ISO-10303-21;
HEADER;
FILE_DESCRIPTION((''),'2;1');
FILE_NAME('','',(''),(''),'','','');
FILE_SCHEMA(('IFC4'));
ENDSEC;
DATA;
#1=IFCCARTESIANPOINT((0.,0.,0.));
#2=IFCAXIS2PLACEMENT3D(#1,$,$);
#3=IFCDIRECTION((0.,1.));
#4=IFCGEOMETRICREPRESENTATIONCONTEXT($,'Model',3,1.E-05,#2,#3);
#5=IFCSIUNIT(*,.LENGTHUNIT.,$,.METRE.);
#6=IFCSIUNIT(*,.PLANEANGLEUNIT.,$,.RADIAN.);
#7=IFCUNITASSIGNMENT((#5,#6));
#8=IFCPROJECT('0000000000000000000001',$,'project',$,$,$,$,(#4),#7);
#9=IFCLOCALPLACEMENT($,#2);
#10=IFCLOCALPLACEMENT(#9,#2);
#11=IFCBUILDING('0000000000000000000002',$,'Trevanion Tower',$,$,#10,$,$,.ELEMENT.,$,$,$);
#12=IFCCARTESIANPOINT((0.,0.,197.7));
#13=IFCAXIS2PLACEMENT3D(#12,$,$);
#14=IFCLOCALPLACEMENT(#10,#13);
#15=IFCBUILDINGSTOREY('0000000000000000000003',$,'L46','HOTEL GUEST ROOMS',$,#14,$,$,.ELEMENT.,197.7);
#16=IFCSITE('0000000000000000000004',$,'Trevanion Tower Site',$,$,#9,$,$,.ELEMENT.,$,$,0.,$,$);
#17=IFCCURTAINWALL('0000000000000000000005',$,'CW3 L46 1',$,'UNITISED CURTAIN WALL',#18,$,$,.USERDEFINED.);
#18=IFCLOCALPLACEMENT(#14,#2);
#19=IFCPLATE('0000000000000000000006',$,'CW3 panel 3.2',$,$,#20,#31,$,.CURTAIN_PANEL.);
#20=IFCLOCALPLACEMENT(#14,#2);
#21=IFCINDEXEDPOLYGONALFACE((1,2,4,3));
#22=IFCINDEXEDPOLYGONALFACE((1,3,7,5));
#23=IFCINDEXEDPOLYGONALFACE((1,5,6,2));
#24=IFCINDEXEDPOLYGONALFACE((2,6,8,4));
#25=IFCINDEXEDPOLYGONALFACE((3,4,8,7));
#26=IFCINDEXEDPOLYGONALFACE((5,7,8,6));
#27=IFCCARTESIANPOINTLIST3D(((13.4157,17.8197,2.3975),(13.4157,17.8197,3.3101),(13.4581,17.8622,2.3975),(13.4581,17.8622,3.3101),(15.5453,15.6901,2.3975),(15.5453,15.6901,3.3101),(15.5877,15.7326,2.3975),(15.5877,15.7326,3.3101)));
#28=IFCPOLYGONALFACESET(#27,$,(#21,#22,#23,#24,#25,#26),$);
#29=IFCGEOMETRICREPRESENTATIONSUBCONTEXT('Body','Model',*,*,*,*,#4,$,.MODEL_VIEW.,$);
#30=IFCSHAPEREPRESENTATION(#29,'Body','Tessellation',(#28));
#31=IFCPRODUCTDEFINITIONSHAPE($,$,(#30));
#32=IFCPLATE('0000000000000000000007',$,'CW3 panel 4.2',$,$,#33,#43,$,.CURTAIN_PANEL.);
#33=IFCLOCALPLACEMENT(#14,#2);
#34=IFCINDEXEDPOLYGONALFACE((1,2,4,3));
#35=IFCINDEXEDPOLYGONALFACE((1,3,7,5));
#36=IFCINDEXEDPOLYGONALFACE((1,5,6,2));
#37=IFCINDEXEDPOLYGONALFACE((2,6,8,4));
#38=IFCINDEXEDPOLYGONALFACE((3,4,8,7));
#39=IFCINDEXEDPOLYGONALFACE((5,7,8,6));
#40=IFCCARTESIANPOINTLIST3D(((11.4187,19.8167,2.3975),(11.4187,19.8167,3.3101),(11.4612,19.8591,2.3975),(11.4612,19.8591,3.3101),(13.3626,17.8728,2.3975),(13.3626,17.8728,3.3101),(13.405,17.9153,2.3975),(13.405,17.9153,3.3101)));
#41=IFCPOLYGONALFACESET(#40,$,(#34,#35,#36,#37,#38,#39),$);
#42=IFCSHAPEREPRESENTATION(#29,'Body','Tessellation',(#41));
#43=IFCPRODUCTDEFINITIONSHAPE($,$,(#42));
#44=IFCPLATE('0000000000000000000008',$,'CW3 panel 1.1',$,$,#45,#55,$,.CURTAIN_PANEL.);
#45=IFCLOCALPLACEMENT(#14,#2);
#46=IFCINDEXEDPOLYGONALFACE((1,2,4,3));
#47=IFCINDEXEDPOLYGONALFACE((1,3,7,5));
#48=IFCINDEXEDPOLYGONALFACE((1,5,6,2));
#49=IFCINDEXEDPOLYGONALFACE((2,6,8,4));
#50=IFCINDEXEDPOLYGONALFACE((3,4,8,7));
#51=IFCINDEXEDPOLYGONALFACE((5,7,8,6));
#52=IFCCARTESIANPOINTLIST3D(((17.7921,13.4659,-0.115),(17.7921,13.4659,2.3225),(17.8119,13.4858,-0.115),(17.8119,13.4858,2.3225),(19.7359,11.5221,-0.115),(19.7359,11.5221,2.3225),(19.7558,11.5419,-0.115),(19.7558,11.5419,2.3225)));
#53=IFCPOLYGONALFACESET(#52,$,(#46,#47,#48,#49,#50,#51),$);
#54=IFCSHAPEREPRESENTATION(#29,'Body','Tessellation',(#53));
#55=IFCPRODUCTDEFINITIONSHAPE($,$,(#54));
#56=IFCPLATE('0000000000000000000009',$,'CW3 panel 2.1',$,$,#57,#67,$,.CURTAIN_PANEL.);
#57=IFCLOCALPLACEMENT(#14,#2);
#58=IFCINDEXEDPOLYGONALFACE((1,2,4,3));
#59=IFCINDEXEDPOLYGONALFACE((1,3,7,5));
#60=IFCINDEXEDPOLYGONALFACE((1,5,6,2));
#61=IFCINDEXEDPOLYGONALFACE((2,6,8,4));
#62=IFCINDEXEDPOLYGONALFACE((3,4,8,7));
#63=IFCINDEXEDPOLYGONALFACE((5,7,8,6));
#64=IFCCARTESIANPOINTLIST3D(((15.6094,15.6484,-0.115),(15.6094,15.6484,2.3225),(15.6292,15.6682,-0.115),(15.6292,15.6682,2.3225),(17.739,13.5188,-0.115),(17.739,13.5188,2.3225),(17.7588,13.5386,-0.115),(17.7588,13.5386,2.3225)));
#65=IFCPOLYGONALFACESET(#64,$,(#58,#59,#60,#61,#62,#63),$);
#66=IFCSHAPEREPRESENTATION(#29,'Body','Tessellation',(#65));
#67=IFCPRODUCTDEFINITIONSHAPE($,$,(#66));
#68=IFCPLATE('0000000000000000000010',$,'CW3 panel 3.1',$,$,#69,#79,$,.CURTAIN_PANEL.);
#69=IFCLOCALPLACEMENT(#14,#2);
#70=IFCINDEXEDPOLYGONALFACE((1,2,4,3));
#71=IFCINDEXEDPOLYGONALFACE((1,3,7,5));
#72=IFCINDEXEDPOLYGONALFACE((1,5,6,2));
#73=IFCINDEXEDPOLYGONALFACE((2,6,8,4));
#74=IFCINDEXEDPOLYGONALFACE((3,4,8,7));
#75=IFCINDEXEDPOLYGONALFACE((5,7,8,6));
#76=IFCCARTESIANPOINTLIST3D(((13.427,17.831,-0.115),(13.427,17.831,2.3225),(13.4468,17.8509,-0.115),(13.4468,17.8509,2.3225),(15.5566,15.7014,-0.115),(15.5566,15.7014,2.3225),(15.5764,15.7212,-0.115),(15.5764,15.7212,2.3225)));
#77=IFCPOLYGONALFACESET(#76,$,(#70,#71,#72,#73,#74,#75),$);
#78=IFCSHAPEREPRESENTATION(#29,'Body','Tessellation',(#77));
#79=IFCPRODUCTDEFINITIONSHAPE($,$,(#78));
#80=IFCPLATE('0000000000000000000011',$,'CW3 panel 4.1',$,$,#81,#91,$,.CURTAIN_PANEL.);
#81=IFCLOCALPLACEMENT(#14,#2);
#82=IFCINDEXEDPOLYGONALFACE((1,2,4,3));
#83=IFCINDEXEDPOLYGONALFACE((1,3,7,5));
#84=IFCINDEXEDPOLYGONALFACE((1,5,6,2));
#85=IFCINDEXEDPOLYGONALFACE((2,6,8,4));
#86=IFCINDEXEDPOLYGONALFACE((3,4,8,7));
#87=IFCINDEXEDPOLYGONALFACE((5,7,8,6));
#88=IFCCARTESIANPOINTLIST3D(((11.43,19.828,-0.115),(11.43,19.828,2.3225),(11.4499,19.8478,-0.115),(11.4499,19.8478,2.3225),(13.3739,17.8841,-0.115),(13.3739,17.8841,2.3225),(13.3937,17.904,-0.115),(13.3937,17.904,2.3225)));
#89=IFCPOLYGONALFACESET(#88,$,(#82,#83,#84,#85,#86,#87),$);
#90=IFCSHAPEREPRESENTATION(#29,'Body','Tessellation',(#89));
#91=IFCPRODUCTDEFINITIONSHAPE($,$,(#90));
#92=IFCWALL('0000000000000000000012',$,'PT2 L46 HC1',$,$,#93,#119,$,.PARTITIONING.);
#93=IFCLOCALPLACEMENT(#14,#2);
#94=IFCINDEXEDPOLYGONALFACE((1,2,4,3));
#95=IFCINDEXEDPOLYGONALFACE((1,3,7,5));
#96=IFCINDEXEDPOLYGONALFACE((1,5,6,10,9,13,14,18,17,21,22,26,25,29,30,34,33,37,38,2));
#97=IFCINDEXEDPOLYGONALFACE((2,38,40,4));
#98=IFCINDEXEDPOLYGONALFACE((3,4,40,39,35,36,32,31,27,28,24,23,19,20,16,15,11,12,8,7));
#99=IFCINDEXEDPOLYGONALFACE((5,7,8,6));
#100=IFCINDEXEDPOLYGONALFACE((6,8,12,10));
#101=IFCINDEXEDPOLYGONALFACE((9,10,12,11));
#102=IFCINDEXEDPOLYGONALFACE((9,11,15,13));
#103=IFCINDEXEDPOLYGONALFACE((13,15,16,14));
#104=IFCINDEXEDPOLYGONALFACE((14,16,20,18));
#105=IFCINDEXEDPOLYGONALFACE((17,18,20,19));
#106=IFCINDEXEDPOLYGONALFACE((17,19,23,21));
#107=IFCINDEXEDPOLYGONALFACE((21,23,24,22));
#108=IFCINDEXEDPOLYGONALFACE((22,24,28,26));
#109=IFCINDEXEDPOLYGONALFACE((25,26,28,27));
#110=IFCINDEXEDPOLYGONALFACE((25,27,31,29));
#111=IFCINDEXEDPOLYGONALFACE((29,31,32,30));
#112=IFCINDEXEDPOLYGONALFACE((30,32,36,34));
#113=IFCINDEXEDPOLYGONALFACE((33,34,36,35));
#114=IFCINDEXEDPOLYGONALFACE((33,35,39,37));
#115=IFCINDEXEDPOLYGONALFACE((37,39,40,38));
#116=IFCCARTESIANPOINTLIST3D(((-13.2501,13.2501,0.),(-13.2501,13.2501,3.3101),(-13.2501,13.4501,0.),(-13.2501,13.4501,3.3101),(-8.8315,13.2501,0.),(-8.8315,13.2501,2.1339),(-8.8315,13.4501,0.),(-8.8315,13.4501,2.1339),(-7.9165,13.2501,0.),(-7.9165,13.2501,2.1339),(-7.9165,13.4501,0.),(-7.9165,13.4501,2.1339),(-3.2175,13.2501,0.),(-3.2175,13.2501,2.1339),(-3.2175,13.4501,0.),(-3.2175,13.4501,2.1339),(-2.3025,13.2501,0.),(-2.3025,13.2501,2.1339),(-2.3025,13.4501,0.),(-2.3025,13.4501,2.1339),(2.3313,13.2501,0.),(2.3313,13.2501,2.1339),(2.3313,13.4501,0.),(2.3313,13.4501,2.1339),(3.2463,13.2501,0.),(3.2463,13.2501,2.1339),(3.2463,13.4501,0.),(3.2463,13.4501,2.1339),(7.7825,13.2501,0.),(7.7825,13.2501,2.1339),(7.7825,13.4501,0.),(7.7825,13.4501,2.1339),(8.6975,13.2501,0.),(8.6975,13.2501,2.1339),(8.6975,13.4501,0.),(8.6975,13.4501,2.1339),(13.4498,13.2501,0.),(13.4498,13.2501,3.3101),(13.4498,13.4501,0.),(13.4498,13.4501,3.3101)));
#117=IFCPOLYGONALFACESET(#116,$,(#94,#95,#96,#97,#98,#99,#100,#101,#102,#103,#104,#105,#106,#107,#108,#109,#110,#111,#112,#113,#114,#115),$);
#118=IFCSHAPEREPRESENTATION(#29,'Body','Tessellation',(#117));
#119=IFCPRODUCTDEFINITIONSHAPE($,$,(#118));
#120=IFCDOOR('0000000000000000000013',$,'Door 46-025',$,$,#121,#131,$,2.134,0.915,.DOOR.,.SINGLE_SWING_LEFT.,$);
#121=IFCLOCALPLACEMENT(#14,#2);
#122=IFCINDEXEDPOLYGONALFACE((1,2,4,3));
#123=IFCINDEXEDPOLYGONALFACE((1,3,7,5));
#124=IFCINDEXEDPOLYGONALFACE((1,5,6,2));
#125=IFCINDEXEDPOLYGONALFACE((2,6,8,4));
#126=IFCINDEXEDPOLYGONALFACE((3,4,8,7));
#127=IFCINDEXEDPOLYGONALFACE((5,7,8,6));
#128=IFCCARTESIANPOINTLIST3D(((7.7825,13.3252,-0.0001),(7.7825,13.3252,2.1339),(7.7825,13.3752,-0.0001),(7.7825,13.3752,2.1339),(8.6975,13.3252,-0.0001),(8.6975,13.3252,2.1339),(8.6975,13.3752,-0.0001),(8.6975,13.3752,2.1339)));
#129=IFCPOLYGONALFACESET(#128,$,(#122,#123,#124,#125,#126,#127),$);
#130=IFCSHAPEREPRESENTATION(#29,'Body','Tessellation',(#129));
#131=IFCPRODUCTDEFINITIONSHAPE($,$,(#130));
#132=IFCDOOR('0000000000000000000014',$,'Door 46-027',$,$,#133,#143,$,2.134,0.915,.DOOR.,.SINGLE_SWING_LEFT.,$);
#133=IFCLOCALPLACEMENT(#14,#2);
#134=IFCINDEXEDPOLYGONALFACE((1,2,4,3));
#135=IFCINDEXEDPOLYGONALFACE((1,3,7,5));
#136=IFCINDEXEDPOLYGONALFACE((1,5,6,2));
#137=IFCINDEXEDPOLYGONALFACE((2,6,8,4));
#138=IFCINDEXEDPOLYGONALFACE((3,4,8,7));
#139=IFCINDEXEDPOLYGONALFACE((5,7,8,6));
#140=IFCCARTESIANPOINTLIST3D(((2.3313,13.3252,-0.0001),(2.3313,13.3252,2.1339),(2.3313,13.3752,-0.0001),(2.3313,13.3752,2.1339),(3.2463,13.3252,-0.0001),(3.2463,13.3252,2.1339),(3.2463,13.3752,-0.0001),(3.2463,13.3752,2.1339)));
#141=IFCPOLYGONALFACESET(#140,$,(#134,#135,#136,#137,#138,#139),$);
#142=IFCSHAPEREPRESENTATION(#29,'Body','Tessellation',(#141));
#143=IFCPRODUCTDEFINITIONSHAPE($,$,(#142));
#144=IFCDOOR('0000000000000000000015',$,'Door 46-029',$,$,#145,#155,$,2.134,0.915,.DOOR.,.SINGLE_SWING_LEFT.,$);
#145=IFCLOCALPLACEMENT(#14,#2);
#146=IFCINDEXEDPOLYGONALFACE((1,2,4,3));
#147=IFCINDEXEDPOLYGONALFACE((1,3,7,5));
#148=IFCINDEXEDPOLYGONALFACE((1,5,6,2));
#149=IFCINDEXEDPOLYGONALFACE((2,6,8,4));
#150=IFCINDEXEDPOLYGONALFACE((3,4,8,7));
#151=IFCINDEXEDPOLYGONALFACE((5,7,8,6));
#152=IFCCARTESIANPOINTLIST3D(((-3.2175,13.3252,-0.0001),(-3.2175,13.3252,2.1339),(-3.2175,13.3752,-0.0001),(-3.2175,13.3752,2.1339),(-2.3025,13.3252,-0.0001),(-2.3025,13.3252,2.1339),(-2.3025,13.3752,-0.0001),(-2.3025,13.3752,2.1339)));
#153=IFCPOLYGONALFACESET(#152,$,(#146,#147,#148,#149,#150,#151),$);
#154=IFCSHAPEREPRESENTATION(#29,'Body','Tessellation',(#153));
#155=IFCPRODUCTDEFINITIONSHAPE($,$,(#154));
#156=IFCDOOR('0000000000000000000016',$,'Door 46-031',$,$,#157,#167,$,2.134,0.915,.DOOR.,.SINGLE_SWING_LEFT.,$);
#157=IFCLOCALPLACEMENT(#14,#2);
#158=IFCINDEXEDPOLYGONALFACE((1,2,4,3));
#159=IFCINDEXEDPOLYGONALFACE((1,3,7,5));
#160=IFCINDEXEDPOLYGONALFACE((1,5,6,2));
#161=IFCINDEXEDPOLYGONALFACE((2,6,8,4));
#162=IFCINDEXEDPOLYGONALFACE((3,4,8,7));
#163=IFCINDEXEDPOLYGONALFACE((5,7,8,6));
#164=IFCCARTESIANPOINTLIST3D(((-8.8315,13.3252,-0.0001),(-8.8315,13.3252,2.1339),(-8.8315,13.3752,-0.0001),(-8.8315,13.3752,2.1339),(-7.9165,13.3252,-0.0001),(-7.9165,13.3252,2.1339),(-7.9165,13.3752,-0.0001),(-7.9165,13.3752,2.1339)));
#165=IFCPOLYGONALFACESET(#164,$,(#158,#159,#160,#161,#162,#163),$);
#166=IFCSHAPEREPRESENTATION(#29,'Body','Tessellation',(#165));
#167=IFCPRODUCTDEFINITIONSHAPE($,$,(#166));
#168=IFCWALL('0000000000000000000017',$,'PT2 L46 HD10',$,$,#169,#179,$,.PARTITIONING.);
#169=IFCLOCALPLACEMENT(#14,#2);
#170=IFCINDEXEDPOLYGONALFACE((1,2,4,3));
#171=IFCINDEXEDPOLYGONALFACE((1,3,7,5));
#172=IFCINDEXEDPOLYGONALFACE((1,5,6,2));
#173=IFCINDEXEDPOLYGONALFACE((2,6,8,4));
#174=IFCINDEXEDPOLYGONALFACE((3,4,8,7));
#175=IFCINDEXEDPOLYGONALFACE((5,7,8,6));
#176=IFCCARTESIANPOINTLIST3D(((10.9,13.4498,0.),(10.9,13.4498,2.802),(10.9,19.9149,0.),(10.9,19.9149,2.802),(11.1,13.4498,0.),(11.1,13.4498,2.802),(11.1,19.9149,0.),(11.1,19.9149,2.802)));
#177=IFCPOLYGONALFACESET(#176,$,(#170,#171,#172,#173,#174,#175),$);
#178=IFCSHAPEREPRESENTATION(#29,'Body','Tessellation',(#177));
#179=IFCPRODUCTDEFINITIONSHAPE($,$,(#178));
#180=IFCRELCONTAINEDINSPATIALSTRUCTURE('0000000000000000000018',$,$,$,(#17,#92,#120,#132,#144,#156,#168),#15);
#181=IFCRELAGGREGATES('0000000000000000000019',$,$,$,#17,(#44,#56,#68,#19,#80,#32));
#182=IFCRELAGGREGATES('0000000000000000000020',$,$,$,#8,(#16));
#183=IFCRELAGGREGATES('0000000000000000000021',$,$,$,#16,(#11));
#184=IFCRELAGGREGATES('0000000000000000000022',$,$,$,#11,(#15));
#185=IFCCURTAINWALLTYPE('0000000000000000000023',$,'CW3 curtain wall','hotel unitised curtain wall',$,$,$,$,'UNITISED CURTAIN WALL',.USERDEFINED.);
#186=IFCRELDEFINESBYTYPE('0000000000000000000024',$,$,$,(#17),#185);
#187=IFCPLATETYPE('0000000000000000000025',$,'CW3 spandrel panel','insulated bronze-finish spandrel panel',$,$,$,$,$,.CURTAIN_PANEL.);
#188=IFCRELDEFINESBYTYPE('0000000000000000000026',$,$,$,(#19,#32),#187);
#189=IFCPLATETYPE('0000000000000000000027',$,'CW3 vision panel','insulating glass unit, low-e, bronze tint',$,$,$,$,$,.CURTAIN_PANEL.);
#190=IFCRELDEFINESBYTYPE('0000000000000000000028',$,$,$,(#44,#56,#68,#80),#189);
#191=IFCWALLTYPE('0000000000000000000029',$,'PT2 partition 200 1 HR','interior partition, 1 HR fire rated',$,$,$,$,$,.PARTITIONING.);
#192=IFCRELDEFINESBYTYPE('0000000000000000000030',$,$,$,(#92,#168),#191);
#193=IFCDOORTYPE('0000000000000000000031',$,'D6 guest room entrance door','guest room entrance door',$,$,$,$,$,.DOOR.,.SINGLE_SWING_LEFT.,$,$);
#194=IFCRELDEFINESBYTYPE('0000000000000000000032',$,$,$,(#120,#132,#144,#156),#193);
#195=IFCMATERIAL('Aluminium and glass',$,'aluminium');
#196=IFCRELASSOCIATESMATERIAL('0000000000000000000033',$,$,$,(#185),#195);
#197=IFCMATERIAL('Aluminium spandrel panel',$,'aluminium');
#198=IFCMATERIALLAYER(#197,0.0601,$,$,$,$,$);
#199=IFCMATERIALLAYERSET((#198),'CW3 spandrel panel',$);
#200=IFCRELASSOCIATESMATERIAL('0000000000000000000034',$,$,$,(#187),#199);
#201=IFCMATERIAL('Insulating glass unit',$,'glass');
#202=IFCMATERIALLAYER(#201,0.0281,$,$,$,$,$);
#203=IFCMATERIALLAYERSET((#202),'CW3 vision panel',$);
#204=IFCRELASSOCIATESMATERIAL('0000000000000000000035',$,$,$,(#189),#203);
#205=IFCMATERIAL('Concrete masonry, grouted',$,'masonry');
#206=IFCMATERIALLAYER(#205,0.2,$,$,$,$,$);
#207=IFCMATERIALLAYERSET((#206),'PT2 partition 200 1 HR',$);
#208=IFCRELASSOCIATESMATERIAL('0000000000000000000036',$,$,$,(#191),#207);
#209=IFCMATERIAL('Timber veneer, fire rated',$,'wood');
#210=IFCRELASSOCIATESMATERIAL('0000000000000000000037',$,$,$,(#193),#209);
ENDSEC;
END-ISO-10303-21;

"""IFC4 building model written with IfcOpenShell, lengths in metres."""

from ifc_helpers import new_model, si_unit, direction, frame, frame_2d, origin, origin_2d, place, context, subcontext, project, spatial, rectangle, extrude, material, layer, layer_set, type_object, element, fill, aggregate, save


model = new_model("IFC4")

# Units and contexts
model_context = context("Model", 3, precision=1e-05, world=origin(), true_north=direction((0.0, 1.0)))
body_context = subcontext(model_context, "Body", "Model", "MODEL_VIEW")
ifc_project = project(units=[si_unit("LENGTHUNIT", "METRE"), si_unit("PLANEANGLEUNIT", "RADIAN")], contexts=[model_context])

# Site, building, storey
site_placement = place(None, origin())
site = spatial("IfcSite", under=ifc_project, at=site_placement, Name="Trevanion Tower Site", CompositionType="ELEMENT", RefElevation=0.0)
building_placement = place(site_placement, origin())
building = spatial("IfcBuilding", under=site, at=building_placement, Name="Trevanion Tower", CompositionType="ELEMENT")
storey_placement = place(building_placement, frame((0.0, 0.0, 197.7)))
storey = spatial("IfcBuildingStorey", under=building, at=storey_placement, Name="L46", Description="HOTEL GUEST ROOMS", CompositionType="ELEMENT", Elevation=197.7)

# Curtain wall
ifc_material_1 = material(Name="Aluminium and glass", Category="aluminium")
curtain_wall_type = type_object("IfcCurtainWallType", Name="CW3 curtain wall", Description="hotel unitised curtain wall", ElementType="UNITISED CURTAIN WALL", PredefinedType="USERDEFINED", material=ifc_material_1)
curtain_wall_1_placement = place(storey_placement, origin())
curtain_wall_1 = element("IfcCurtainWall", 1, at=curtain_wall_1_placement, inside=storey, type_object=curtain_wall_type, Name="CW3 L46 1", ObjectType="UNITISED CURTAIN WALL", PredefinedType="USERDEFINED")

# Plates
ifc_material_2 = material(Name="Aluminium spandrel panel", Category="aluminium")
ifc_layer_1 = layer(ifc_material_2, 0.0601)
ifc_layer_set_1 = layer_set([ifc_layer_1], Name="CW3 spandrel panel")
plate_type_1 = type_object("IfcPlateType", Name="CW3 spandrel panel", Description="insulated bronze-finish spandrel panel", PredefinedType="CURTAIN_PANEL", material=ifc_layer_set_1)
plate_1_placement = place(storey_placement, frame((14.5017, 16.7761, 2.3975), z_axis=(0.0, 0.0, 1.0), x_axis=(-0.707107, 0.707107, 0.0)))
plate_1 = element("IfcPlate", 2, at=plate_1_placement, type_object=plate_type_1, Name="CW3 panel 3.2", PredefinedType="CURTAIN_PANEL", context=body_context, shape_type="SweptSolid", body=[
    extrude(rectangle(XDim=3.0117, YDim=0.0601, at=origin_2d()), origin(), (0.0, 0.0, 1.0), 0.9126),
])
plate_2_placement = place(storey_placement, frame((12.4119, 18.866, 2.3975), z_axis=(0.0, 0.0, 1.0), x_axis=(-0.707107, 0.707107, 0.0)))
plate_2 = element("IfcPlate", 3, at=plate_2_placement, type_object=plate_type_1, Name="CW3 panel 4.2", PredefinedType="CURTAIN_PANEL", context=body_context, shape_type="SweptSolid", body=[
    extrude(rectangle(XDim=2.749, YDim=0.0601, at=origin_2d()), origin(), (0.0, 0.0, 1.0), 0.9126),
])
ifc_material_3 = material(Name="Insulating glass unit", Category="glass")
ifc_layer_2 = layer(ifc_material_3, 0.0281)
ifc_layer_set_2 = layer_set([ifc_layer_2], Name="CW3 vision panel")
plate_type_2 = type_object("IfcPlateType", Name="CW3 vision panel", Description="insulating glass unit, low-e, bronze tint", PredefinedType="CURTAIN_PANEL", material=ifc_layer_set_2)
plate_3_placement = place(storey_placement, frame((18.7739, 12.5039, -0.115), z_axis=(0.0, 0.0, 1.0), x_axis=(-0.707107, 0.707107, 0.0)))
plate_3 = element("IfcPlate", 4, at=plate_3_placement, type_object=plate_type_2, Name="CW3 panel 1.1", PredefinedType="CURTAIN_PANEL", context=body_context, shape_type="SweptSolid", body=[
    extrude(rectangle(XDim=2.749, YDim=0.0281, at=origin_2d()), origin(), (0.0, 0.0, 1.0), 2.4375),
])
plate_4_placement = place(storey_placement, frame((16.6841, 14.5935, -0.115), z_axis=(0.0, 0.0, 1.0), x_axis=(-0.707107, 0.707107, 0.0)))
plate_4 = element("IfcPlate", 5, at=plate_4_placement, type_object=plate_type_2, Name="CW3 panel 2.1", PredefinedType="CURTAIN_PANEL", context=body_context, shape_type="SweptSolid", body=[
    extrude(rectangle(XDim=3.0117, YDim=0.0281, at=origin_2d()), origin(), (0.0, 0.0, 1.0), 2.4375),
])
plate_5_placement = place(storey_placement, frame((14.5017, 16.7761, -0.115), z_axis=(0.0, 0.0, 1.0), x_axis=(-0.707107, 0.707107, 0.0)))
plate_5 = element("IfcPlate", 6, at=plate_5_placement, type_object=plate_type_2, Name="CW3 panel 3.1", PredefinedType="CURTAIN_PANEL", context=body_context, shape_type="SweptSolid", body=[
    extrude(rectangle(XDim=3.0117, YDim=0.0281, at=origin_2d()), origin(), (0.0, 0.0, 1.0), 2.4375),
])
plate_6_placement = place(storey_placement, frame((12.4119, 18.866, -0.115), z_axis=(0.0, 0.0, 1.0), x_axis=(-0.707107, 0.707107, 0.0)))
plate_6 = element("IfcPlate", 7, at=plate_6_placement, type_object=plate_type_2, Name="CW3 panel 4.1", PredefinedType="CURTAIN_PANEL", context=body_context, shape_type="SweptSolid", body=[
    extrude(rectangle(XDim=2.749, YDim=0.0281, at=origin_2d()), origin(), (0.0, 0.0, 1.0), 2.4375),
])
aggregate(curtain_wall_1, [plate_3, plate_4, plate_5, plate_1, plate_6, plate_2])

# Wall, openings, doors
ifc_material_4 = material(Name="Concrete masonry, grouted", Category="masonry")
ifc_layer_3 = layer(ifc_material_4, 0.2)
ifc_layer_set_3 = layer_set([ifc_layer_3], Name="PT2 partition 200 1 HR")
wall_type = type_object("IfcWallType", Name="PT2 partition 200 1 HR", Description="interior partition, 1 HR fire rated", PredefinedType="PARTITIONING", material=ifc_layer_set_3)
wall_1_placement = place(storey_placement, frame((13.45, 13.3501, 0.0), z_axis=(0.0, 0.0, 1.0), x_axis=(-1.0, 0.0, 0.0)))
wall_1 = element("IfcWall", 8, at=wall_1_placement, inside=storey, type_object=wall_type, Name="PT2 L46 HC1", PredefinedType="PARTITIONING", context=body_context, shape_type="SweptSolid", body=[
    extrude(rectangle(XDim=26.7, YDim=0.2, at=frame_2d((13.3501, 0.0))), origin(), (0.0, 0.0, 1.0), 3.3101),
])
opening_1_placement = place(wall_1_placement, frame((4.7524, 0.0, 0.0)))
opening_1 = element("IfcOpeningElement", 9, at=opening_1_placement, cuts=wall_1, PredefinedType="OPENING", context=body_context, shape_type="SweptSolid", body=[
    extrude(rectangle(XDim=0.915, YDim=2.134, at=frame_2d((0.4575, 1.0669))), frame((0.0, 0.1099, 0.0), z_axis=(0.0, -1.0, 0.0), x_axis=(1.0, 0.0, 0.0)), (0.0, 0.0, 1.0), 0.22),
])
opening_2_placement = place(wall_1_placement, frame((10.2036, 0.0, 0.0)))
opening_2 = element("IfcOpeningElement", 10, at=opening_2_placement, cuts=wall_1, PredefinedType="OPENING", context=body_context, shape_type="SweptSolid", body=[
    extrude(rectangle(XDim=0.915, YDim=2.134, at=frame_2d((0.4575, 1.0669))), frame((0.0, 0.1099, 0.0), z_axis=(0.0, -1.0, 0.0), x_axis=(1.0, 0.0, 0.0)), (0.0, 0.0, 1.0), 0.22),
])
opening_3_placement = place(wall_1_placement, frame((15.7524, 0.0, 0.0)))
opening_3 = element("IfcOpeningElement", 11, at=opening_3_placement, cuts=wall_1, PredefinedType="OPENING", context=body_context, shape_type="SweptSolid", body=[
    extrude(rectangle(XDim=0.915, YDim=2.134, at=frame_2d((0.4575, 1.0669))), frame((0.0, 0.1099, 0.0), z_axis=(0.0, -1.0, 0.0), x_axis=(1.0, 0.0, 0.0)), (0.0, 0.0, 1.0), 0.22),
])
opening_4_placement = place(wall_1_placement, frame((21.3665, 0.0, 0.0)))
opening_4 = element("IfcOpeningElement", 12, at=opening_4_placement, cuts=wall_1, PredefinedType="OPENING", context=body_context, shape_type="SweptSolid", body=[
    extrude(rectangle(XDim=0.915, YDim=2.134, at=frame_2d((0.4575, 1.0669))), frame((0.0, 0.1099, 0.0), z_axis=(0.0, -1.0, 0.0), x_axis=(1.0, 0.0, 0.0)), (0.0, 0.0, 1.0), 0.22),
])
ifc_material_5 = material(Name="Timber veneer, fire rated", Category="wood")
door_type = type_object("IfcDoorType", Name="D6 guest room entrance door", Description="guest room entrance door", OperationType="SINGLE_SWING_LEFT", PredefinedType="DOOR", material=ifc_material_5)
door_1_placement = place(opening_1_placement, origin())
door_1 = element("IfcDoor", 13, at=door_1_placement, inside=storey, type_object=door_type, Name="Door 46-025", OperationType="SINGLE_SWING_LEFT", OverallHeight=2.134, OverallWidth=0.915, PredefinedType="DOOR", context=body_context, shape_type="SweptSolid", body=[
    extrude(rectangle(XDim=0.915, YDim=2.134, at=frame_2d((0.4575, 1.0669))), frame((0.0, 0.0249, 0.0), z_axis=(0.0, -1.0, 0.0), x_axis=(1.0, 0.0, 0.0)), (0.0, 0.0, 1.0), 0.05),
])
fill(opening_1, door_1)
door_2_placement = place(opening_2_placement, origin())
door_2 = element("IfcDoor", 14, at=door_2_placement, inside=storey, type_object=door_type, Name="Door 46-027", OperationType="SINGLE_SWING_LEFT", OverallHeight=2.134, OverallWidth=0.915, PredefinedType="DOOR", context=body_context, shape_type="SweptSolid", body=[
    extrude(rectangle(XDim=0.915, YDim=2.134, at=frame_2d((0.4575, 1.0669))), frame((0.0, 0.0249, 0.0), z_axis=(0.0, -1.0, 0.0), x_axis=(1.0, 0.0, 0.0)), (0.0, 0.0, 1.0), 0.05),
])
fill(opening_2, door_2)
door_3_placement = place(opening_3_placement, origin())
door_3 = element("IfcDoor", 15, at=door_3_placement, inside=storey, type_object=door_type, Name="Door 46-029", OperationType="SINGLE_SWING_LEFT", OverallHeight=2.134, OverallWidth=0.915, PredefinedType="DOOR", context=body_context, shape_type="SweptSolid", body=[
    extrude(rectangle(XDim=0.915, YDim=2.134, at=frame_2d((0.4575, 1.0669))), frame((0.0, 0.0249, 0.0), z_axis=(0.0, -1.0, 0.0), x_axis=(1.0, 0.0, 0.0)), (0.0, 0.0, 1.0), 0.05),
])
fill(opening_3, door_3)
door_4_placement = place(opening_4_placement, origin())
door_4 = element("IfcDoor", 16, at=door_4_placement, inside=storey, type_object=door_type, Name="Door 46-031", OperationType="SINGLE_SWING_LEFT", OverallHeight=2.134, OverallWidth=0.915, PredefinedType="DOOR", context=body_context, shape_type="SweptSolid", body=[
    extrude(rectangle(XDim=0.915, YDim=2.134, at=frame_2d((0.4575, 1.0669))), frame((0.0, 0.0249, 0.0), z_axis=(0.0, -1.0, 0.0), x_axis=(1.0, 0.0, 0.0)), (0.0, 0.0, 1.0), 0.05),
])
fill(opening_4, door_4)

# Wall
wall_2_placement = place(storey_placement, frame((11.0, 13.45, 0.0), z_axis=(0.0, 0.0, 1.0), x_axis=(0.0, 1.0, 0.0)))
element("IfcWall", 17, at=wall_2_placement, inside=storey, type_object=wall_type, Name="PT2 L46 HD10", PredefinedType="PARTITIONING", context=body_context, shape_type="SweptSolid", body=[
    extrude(rectangle(XDim=6.4651, YDim=0.2, at=frame_2d((3.2324, 0.0))), origin(), (0.0, 0.0, 1.0), 2.802),
])

save(model, "model.ifc")
